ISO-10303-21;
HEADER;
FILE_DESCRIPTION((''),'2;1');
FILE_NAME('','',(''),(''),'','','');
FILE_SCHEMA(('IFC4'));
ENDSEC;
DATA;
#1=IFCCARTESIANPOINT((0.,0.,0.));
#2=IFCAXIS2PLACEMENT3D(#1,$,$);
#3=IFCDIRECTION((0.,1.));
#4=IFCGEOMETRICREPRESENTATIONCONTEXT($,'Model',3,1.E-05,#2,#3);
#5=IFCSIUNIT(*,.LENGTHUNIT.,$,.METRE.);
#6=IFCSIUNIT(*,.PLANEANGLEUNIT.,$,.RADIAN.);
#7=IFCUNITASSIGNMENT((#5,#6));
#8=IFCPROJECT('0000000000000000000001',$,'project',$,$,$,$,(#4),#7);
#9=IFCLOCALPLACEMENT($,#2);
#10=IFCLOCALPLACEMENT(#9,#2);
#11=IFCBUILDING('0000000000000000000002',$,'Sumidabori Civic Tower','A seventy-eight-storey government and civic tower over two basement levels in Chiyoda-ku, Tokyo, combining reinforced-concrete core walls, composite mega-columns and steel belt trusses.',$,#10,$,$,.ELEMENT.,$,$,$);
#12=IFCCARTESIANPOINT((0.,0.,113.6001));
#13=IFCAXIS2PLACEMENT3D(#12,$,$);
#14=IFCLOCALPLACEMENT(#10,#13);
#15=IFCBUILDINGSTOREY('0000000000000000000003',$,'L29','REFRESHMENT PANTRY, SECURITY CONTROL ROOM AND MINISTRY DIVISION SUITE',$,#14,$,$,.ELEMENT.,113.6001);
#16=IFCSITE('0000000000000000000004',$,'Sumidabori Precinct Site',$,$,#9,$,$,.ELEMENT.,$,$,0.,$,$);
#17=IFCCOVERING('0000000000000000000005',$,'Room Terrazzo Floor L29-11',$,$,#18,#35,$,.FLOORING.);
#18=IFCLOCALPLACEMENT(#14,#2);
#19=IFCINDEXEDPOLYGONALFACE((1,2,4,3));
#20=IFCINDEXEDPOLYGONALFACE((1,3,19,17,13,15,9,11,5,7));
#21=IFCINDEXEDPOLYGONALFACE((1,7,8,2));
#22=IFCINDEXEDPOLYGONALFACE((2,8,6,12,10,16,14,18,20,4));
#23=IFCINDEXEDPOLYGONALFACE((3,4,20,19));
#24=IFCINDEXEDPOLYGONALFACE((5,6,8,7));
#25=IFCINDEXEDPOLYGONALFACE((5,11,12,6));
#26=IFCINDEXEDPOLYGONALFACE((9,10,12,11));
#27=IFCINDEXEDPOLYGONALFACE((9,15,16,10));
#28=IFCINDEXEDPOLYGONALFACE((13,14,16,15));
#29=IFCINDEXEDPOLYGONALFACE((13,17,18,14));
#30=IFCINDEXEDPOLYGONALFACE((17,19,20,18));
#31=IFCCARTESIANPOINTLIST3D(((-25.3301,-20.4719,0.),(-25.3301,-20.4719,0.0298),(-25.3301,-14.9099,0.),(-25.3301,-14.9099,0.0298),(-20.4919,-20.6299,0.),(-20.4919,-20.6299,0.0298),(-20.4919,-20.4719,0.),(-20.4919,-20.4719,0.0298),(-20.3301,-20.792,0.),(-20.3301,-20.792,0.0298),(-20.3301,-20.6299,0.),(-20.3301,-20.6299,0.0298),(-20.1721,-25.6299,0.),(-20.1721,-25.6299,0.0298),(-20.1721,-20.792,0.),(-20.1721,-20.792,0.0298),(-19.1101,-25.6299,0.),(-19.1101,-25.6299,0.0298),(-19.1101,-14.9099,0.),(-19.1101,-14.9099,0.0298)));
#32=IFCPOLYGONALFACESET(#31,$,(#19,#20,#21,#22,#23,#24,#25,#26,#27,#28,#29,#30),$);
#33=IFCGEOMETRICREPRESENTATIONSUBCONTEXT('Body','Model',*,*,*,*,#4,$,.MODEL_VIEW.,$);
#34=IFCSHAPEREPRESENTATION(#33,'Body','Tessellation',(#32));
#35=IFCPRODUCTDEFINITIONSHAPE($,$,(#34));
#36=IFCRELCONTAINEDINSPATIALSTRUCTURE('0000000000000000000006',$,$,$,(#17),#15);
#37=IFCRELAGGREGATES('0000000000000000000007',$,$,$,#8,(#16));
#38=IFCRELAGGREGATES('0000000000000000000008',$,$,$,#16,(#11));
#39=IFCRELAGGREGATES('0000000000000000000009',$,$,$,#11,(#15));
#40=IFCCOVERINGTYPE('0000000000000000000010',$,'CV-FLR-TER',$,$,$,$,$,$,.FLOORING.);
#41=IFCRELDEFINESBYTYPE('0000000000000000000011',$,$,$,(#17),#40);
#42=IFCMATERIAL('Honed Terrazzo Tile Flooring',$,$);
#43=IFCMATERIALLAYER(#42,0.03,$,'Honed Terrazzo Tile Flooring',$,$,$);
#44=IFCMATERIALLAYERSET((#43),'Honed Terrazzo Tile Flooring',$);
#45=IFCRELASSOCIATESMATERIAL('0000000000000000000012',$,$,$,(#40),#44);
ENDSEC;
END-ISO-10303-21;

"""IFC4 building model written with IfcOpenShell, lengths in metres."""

from ifc_helpers import new_model, si_unit, direction, frame, origin, place, context, subcontext, project, spatial, polyline, outline, extrude, material, layer, layer_set, type_object, element, save


model = new_model("IFC4")

# Units and contexts
model_context = context("Model", 3, precision=1e-05, world=origin(), true_north=direction((0.0, 1.0)))
body_context = subcontext(model_context, "Body", "Model", "MODEL_VIEW")
ifc_project = project(units=[si_unit("LENGTHUNIT", "METRE"), si_unit("PLANEANGLEUNIT", "RADIAN")], contexts=[model_context])

# Site, building, storey
site_placement = place(None, origin())
site = spatial("IfcSite", under=ifc_project, at=site_placement, Name="Sumidabori Precinct Site", CompositionType="ELEMENT", RefElevation=0.0)
building_placement = place(site_placement, origin())
building = spatial("IfcBuilding", under=site, at=building_placement, Name="Sumidabori Civic Tower", Description="A seventy-eight-storey government and civic tower over two basement levels in Chiyoda-ku, Tokyo, combining reinforced-concrete core walls, composite mega-columns and steel belt trusses.", CompositionType="ELEMENT")
storey_placement = place(building_placement, frame((0.0, 0.0, 113.6001)))
storey = spatial("IfcBuildingStorey", under=building, at=storey_placement, Name="L29", Description="REFRESHMENT PANTRY, SECURITY CONTROL ROOM AND MINISTRY DIVISION SUITE", CompositionType="ELEMENT", Elevation=113.6001)

# Covering
ifc_material_1 = material(Name="Honed Terrazzo Tile Flooring")
ifc_layer_1 = layer(ifc_material_1, 0.03, Name="Honed Terrazzo Tile Flooring")
ifc_layer_set_1 = layer_set([ifc_layer_1], Name="Honed Terrazzo Tile Flooring")
covering_type_1 = type_object("IfcCoveringType", Name="CV-FLR-TER", PredefinedType="FLOORING", material=ifc_layer_set_1)
covering_1_placement = place(storey_placement, origin())
element("IfcCovering", 1, at=covering_1_placement, inside=storey, type_object=covering_type_1, Name="Room Terrazzo Floor L29-11", PredefinedType="FLOORING", context=body_context, shape_type="SweptSolid", body=[
    extrude(outline(polyline([(-19.1101, -14.9099), (-19.1101, -25.6299), (-20.1721, -25.6299), (-20.1721, -20.792), (-20.3301, -20.792), (-20.3301, -20.6299), (-20.4919, -20.6299), (-20.4919, -20.4719), (-25.3301, -20.4719), (-25.3301, -14.9099), (-19.1101, -14.9099)])), origin(), (0.0, 0.0, 1.0), 0.0298),
])

save(model, "model.ifc")
